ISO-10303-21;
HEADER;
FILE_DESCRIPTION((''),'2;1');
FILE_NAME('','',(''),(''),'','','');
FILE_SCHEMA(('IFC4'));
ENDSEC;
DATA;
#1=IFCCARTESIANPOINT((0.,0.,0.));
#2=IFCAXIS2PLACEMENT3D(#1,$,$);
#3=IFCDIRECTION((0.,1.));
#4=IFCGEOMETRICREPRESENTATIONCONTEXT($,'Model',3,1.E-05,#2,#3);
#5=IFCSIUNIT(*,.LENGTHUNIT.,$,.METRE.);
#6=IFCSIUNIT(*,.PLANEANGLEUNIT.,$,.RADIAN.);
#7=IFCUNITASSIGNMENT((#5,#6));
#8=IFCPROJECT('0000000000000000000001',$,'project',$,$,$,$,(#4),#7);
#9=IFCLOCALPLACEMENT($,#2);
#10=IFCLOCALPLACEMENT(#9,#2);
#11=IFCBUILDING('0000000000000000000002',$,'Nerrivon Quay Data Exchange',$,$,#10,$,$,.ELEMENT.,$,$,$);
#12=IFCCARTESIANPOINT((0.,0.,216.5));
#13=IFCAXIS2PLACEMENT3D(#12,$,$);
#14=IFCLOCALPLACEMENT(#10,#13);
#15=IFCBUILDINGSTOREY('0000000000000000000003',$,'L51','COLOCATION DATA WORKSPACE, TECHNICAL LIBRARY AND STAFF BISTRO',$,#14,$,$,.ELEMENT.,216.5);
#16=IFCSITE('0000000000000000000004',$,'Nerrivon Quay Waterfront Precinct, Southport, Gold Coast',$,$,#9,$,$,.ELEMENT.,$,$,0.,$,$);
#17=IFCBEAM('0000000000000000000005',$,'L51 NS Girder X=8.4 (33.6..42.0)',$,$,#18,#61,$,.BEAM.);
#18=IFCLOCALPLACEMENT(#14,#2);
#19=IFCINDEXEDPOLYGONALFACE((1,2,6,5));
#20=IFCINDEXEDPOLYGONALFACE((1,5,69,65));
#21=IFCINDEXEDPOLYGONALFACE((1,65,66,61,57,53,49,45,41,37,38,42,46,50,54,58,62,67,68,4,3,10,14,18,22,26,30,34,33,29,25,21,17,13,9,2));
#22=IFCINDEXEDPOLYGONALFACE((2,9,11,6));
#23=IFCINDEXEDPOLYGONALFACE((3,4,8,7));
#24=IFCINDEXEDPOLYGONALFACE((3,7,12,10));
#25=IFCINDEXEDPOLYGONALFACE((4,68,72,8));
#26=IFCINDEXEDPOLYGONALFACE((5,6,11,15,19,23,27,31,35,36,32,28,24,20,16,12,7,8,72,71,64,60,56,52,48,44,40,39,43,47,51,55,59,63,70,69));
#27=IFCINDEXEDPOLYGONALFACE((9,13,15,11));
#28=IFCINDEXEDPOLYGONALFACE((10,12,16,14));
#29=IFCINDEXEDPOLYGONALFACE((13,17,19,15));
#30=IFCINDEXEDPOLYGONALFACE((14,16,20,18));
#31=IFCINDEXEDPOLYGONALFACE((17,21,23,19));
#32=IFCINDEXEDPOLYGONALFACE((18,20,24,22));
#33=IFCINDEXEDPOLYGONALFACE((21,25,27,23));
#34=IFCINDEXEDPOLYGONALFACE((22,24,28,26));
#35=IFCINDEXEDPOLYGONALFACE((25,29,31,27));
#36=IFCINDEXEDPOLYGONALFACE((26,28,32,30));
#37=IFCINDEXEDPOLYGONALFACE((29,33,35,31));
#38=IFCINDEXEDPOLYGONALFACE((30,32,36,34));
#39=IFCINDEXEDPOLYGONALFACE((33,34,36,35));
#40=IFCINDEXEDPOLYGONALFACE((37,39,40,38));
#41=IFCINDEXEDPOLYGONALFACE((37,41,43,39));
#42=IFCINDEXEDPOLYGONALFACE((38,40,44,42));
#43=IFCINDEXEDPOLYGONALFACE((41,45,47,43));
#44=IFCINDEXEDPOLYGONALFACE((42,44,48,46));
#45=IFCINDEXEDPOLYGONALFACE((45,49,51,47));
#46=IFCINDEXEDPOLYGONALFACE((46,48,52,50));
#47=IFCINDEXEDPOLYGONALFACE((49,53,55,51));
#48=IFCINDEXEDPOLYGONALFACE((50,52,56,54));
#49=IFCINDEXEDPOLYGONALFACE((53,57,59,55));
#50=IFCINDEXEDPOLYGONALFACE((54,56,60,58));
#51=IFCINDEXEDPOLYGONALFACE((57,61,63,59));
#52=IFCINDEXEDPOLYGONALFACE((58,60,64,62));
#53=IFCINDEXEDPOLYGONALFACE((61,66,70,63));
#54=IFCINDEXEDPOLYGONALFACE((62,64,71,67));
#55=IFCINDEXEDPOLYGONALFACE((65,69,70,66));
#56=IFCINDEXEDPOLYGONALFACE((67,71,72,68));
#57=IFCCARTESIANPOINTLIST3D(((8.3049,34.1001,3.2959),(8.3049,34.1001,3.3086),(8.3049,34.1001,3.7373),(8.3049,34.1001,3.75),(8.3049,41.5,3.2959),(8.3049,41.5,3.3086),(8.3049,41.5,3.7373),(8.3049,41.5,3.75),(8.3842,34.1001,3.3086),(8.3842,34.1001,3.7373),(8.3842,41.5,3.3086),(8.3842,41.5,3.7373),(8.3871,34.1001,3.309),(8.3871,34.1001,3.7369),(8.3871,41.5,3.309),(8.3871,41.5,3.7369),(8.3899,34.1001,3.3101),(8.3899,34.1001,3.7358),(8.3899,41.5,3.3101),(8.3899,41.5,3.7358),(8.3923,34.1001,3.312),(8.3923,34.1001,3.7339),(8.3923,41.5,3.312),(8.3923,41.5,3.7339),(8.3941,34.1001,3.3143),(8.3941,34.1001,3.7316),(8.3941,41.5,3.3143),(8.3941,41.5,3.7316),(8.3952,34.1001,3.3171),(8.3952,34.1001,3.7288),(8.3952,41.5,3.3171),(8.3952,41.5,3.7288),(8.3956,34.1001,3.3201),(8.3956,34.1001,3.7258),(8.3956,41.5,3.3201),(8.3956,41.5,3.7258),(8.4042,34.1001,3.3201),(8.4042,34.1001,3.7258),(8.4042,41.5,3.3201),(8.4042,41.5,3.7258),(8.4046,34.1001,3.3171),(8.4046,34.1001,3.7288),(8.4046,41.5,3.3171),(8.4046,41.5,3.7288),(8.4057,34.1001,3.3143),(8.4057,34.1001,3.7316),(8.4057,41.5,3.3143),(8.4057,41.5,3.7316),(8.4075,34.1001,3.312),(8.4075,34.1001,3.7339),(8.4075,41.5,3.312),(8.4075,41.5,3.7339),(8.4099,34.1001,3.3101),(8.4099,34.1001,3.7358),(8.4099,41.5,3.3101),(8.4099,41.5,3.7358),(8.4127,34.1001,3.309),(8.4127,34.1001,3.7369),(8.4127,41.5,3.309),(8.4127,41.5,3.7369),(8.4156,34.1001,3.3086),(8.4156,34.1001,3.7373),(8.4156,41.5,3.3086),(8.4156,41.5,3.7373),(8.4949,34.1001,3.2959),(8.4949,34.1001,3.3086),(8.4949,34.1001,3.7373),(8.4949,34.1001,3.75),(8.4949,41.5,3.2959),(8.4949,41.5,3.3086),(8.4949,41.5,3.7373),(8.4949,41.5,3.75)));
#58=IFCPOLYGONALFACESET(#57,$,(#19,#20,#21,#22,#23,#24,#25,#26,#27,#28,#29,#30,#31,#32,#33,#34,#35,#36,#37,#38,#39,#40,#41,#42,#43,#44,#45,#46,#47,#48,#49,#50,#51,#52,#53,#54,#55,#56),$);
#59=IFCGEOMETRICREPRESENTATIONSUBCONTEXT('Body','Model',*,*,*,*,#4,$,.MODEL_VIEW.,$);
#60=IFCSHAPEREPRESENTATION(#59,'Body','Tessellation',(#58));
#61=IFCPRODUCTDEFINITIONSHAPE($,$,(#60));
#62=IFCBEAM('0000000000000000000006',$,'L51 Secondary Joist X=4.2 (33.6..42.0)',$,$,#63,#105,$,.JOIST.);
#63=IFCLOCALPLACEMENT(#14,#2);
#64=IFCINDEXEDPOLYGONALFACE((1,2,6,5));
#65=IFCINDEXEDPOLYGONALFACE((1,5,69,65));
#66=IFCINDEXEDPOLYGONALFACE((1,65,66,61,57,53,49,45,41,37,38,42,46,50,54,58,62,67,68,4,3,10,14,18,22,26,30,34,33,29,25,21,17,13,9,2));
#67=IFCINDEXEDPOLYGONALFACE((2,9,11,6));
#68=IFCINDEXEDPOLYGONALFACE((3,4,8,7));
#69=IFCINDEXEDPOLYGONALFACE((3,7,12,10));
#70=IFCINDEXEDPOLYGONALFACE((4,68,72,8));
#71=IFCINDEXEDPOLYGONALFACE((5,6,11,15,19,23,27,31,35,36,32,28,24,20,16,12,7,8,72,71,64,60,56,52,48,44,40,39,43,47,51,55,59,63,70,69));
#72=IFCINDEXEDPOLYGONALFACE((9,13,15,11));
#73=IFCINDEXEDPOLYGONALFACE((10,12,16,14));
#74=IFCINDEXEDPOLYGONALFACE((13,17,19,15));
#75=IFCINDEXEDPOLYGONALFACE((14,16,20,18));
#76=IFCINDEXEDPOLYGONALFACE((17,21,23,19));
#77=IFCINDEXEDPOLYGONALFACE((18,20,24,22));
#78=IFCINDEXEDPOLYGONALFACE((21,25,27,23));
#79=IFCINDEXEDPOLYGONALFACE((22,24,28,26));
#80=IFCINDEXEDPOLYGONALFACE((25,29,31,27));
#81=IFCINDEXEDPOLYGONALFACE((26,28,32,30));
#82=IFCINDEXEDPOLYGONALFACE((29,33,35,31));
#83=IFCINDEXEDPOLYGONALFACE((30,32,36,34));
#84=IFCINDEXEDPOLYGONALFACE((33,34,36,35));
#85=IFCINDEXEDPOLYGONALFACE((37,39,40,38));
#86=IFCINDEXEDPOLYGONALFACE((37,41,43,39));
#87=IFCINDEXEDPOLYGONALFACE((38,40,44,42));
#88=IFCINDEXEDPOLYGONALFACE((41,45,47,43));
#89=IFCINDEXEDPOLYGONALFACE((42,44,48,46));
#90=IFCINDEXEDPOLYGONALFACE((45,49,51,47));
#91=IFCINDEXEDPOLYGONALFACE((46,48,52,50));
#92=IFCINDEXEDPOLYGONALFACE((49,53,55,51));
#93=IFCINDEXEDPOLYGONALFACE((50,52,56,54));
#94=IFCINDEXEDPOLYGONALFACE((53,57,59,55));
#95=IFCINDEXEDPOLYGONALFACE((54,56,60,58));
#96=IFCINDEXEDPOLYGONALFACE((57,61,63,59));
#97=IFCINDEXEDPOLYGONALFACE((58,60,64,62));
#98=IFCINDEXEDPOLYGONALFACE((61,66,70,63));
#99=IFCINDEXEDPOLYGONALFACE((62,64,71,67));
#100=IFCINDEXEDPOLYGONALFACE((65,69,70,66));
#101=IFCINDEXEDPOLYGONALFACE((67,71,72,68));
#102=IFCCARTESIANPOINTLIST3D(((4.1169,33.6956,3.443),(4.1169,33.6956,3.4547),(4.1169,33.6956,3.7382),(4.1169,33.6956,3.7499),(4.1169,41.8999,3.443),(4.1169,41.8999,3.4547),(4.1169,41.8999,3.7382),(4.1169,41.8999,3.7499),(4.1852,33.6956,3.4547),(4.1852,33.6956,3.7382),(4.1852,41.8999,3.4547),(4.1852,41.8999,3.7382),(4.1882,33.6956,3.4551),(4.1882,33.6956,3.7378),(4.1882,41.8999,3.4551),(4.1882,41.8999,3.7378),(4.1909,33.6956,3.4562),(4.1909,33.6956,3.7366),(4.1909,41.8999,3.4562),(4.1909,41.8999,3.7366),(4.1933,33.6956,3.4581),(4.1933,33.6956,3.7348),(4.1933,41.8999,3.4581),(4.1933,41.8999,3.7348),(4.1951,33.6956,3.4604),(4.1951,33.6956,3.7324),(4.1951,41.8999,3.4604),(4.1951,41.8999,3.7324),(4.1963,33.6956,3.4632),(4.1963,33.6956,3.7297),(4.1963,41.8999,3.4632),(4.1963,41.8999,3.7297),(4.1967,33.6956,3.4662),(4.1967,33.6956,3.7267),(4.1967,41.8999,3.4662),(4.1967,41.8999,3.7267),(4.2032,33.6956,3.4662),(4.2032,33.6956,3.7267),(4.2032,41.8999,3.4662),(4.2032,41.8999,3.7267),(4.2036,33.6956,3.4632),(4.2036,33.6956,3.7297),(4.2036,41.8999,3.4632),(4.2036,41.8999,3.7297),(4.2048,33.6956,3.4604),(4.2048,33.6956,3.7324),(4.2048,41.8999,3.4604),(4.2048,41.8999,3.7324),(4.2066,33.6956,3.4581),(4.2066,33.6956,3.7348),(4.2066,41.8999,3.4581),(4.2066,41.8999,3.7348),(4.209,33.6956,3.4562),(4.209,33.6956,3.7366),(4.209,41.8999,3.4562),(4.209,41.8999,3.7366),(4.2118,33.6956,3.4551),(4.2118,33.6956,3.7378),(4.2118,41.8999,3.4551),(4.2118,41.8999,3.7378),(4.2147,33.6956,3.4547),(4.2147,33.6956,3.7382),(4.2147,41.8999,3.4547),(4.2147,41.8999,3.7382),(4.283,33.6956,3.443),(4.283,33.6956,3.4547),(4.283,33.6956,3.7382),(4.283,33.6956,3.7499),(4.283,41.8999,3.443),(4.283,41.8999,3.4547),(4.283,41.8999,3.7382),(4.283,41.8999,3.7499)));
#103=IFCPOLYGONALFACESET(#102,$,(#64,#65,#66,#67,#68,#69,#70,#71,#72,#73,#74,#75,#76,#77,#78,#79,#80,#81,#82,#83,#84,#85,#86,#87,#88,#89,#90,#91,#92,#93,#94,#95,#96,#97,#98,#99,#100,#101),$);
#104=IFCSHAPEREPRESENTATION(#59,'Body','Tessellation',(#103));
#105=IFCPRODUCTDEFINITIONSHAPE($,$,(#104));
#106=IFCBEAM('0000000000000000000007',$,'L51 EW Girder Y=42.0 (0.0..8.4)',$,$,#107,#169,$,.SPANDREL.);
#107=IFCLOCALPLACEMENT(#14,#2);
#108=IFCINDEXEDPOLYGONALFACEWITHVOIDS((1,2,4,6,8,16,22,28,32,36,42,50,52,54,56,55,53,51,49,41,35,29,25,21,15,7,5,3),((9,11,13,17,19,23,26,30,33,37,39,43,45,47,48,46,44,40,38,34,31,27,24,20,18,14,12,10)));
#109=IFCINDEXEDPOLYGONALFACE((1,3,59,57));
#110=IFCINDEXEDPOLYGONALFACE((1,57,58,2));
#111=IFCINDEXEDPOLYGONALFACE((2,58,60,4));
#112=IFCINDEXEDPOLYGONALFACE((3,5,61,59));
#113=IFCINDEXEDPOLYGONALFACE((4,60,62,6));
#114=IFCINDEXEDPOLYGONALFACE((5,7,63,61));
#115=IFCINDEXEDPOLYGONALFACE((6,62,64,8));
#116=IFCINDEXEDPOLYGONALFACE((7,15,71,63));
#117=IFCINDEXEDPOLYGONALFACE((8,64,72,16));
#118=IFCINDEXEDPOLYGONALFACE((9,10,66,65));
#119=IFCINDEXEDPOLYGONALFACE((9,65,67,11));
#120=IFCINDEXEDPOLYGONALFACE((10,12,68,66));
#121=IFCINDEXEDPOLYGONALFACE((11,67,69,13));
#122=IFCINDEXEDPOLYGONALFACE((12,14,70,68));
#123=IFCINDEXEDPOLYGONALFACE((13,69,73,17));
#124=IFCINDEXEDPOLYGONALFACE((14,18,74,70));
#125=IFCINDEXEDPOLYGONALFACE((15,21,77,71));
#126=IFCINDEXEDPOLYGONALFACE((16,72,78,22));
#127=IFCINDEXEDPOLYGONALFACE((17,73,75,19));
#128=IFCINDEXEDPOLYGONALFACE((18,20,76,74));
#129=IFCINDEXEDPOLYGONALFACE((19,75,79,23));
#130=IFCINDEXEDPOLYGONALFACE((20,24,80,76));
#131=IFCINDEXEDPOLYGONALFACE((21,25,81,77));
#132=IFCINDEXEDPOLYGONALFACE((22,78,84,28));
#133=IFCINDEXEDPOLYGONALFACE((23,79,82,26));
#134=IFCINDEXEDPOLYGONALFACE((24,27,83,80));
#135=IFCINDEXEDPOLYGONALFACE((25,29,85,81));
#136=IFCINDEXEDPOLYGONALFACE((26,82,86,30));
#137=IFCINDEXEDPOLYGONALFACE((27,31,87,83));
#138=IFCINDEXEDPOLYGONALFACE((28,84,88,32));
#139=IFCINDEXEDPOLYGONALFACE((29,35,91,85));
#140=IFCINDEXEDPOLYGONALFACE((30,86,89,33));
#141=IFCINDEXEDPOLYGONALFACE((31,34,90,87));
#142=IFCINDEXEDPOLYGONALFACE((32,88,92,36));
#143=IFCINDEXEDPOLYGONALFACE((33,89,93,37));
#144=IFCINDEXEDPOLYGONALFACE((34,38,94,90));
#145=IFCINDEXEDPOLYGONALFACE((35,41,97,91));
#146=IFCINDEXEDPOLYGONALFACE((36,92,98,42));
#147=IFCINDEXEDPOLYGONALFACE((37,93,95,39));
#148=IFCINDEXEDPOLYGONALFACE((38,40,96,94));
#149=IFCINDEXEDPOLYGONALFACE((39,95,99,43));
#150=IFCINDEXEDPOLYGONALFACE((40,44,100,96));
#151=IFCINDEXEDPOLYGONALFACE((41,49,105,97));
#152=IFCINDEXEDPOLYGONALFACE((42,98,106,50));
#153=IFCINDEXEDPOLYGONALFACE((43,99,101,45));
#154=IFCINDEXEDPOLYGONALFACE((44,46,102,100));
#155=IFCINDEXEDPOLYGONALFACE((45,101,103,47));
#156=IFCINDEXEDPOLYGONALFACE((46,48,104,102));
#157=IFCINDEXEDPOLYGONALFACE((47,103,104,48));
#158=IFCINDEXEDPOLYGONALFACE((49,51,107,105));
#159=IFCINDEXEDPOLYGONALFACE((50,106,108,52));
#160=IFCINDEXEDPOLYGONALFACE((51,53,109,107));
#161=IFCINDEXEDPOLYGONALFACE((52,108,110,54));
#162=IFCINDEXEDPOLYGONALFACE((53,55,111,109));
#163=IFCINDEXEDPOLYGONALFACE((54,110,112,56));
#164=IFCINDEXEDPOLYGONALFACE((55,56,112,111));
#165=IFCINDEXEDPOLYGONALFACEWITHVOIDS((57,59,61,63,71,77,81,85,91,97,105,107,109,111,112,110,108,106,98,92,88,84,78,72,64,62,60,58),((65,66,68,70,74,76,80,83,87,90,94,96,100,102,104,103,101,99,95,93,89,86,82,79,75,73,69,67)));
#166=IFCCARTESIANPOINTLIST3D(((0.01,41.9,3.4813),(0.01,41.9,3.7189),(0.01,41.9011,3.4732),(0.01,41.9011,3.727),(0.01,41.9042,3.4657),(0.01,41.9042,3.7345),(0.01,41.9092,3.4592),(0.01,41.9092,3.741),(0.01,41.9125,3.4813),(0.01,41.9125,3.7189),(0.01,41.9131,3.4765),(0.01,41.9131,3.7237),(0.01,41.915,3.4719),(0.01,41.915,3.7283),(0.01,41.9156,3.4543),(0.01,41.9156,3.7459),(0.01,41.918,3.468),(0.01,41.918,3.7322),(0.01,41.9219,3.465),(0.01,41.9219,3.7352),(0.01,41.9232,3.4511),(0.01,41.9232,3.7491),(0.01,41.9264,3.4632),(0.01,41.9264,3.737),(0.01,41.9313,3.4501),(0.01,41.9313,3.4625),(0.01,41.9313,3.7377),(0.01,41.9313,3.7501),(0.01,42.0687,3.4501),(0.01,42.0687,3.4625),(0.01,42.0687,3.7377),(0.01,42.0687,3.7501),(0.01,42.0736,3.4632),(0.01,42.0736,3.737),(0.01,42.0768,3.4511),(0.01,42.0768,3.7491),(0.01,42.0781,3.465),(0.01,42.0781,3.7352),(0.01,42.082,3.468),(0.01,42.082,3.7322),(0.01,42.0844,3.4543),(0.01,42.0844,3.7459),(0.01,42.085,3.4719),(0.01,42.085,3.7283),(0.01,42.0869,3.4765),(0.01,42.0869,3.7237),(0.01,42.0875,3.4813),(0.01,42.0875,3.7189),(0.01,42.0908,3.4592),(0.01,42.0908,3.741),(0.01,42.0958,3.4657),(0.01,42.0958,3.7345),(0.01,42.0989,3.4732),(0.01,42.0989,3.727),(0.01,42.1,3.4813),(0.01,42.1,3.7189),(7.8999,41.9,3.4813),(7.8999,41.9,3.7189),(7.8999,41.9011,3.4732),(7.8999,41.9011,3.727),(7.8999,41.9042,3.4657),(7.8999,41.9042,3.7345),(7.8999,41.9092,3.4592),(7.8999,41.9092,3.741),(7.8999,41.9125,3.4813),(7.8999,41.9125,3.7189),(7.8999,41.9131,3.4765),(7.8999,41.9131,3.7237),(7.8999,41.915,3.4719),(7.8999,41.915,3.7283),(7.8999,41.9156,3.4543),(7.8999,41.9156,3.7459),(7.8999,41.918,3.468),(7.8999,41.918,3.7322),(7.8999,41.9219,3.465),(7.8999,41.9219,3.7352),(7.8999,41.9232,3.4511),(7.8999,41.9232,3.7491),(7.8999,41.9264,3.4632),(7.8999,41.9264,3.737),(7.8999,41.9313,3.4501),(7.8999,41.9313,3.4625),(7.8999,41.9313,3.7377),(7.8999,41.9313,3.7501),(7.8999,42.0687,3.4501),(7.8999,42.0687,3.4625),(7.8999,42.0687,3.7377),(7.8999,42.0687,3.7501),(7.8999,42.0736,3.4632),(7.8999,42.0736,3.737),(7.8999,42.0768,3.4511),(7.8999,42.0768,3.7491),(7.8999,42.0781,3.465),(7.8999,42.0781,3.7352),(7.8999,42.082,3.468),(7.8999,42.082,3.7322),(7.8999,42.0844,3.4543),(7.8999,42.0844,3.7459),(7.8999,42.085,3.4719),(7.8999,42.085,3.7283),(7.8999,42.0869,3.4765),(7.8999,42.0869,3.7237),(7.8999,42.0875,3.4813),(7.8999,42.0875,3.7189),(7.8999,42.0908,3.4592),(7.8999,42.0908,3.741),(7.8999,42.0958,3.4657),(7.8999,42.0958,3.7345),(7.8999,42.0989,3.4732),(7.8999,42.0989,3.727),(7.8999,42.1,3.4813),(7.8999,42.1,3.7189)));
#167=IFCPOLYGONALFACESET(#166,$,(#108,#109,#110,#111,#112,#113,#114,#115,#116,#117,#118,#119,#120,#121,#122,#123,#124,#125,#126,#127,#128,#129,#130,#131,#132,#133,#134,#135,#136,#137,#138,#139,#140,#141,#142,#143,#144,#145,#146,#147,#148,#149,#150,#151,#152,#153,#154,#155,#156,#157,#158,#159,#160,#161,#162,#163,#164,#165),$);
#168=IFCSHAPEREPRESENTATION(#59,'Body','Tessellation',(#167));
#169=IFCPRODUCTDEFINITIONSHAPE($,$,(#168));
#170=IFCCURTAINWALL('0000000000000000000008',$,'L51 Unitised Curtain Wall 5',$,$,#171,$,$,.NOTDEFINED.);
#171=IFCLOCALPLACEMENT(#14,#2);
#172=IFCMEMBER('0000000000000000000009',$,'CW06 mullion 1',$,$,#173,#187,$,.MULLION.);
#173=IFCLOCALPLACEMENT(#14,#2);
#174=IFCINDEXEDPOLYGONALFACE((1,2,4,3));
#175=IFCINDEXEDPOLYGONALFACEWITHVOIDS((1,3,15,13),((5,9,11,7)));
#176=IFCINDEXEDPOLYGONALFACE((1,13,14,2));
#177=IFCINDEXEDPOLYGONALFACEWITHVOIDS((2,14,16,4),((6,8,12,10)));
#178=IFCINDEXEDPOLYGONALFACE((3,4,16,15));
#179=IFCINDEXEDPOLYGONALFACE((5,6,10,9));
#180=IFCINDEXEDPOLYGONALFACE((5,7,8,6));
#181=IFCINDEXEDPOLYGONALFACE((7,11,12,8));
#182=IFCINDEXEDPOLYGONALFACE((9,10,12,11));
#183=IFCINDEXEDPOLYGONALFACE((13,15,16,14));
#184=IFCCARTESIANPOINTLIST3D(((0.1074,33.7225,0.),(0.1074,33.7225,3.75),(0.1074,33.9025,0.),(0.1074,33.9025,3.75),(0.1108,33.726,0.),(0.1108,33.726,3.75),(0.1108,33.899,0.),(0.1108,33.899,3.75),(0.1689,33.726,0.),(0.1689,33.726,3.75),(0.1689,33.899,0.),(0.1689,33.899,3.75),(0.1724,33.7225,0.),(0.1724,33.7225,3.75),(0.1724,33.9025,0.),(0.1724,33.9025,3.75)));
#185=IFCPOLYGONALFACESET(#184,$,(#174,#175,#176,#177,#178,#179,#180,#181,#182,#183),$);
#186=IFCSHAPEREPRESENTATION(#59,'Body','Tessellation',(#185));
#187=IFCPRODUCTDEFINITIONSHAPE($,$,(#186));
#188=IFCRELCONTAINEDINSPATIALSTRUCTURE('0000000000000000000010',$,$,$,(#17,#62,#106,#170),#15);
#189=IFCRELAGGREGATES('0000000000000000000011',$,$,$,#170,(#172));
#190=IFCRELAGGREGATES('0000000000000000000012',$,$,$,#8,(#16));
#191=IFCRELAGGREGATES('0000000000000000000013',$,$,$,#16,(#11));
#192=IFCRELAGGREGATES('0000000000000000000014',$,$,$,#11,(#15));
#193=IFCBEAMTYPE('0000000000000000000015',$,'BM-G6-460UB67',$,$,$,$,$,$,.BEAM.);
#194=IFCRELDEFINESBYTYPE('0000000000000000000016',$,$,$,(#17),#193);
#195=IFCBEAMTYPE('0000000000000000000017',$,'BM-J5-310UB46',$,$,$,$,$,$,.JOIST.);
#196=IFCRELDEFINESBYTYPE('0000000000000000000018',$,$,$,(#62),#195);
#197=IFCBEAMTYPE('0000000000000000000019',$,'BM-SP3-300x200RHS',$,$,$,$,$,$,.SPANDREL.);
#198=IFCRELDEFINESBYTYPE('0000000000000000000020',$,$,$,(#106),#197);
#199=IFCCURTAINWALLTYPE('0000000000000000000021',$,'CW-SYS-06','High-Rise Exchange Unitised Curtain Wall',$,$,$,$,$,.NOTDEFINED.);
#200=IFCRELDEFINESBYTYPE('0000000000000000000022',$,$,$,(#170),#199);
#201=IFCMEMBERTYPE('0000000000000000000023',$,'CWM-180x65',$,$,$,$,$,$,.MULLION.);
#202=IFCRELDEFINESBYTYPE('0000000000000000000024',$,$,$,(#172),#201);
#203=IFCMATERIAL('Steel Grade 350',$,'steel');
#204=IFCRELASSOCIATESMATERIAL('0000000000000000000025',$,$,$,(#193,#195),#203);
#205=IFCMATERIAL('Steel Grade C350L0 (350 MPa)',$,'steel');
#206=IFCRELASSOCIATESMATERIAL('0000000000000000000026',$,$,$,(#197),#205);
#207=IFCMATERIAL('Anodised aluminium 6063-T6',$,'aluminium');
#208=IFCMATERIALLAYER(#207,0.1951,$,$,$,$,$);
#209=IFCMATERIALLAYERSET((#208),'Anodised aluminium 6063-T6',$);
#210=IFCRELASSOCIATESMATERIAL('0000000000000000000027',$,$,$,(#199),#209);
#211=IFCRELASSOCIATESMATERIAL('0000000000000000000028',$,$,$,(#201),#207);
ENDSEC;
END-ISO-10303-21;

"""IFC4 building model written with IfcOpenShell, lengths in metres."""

from ifc_helpers import new_model, si_unit, direction, frame, origin, origin_2d, place, context, subcontext, project, spatial, hollow_rectangle, i_section, extrude, material, layer, layer_set, material_profile, profile_set, type_object, element, aggregate, save


model = new_model("IFC4")

# Units and contexts
model_context = context("Model", 3, precision=1e-05, world=origin(), true_north=direction((0.0, 1.0)))
body_context = subcontext(model_context, "Body", "Model", "MODEL_VIEW")
ifc_project = project(units=[si_unit("LENGTHUNIT", "METRE"), si_unit("PLANEANGLEUNIT", "RADIAN")], contexts=[model_context])

# Site, building, storey
site_placement = place(None, origin())
site = spatial("IfcSite", under=ifc_project, at=site_placement, Name="Nerrivon Quay Waterfront Precinct, Southport, Gold Coast", CompositionType="ELEMENT", RefElevation=0.0)
building_placement = place(site_placement, origin())
building = spatial("IfcBuilding", under=site, at=building_placement, Name="Nerrivon Quay Data Exchange", CompositionType="ELEMENT")
storey_placement = place(building_placement, frame((0.0, 0.0, 216.5)))
storey = spatial("IfcBuildingStorey", under=building, at=storey_placement, Name="L51", Description="COLOCATION DATA WORKSPACE, TECHNICAL LIBRARY AND STAFF BISTRO", CompositionType="ELEMENT", Elevation=216.5)

# Shared definitions
ifc_material_1 = material(Name="Steel Grade 350", Category="steel")

# Beams
ifc_material_profile_1 = material_profile(ifc_material_1, i_section(OverallWidth=0.1899, OverallDepth=0.4541, WebThickness=0.0085, FlangeThickness=0.0127, FilletRadius=0.0115, at=origin_2d()), Name="460UB67.1")
ifc_profile_set_1 = profile_set([ifc_material_profile_1], Name="Steel Grade 350")
beam_type_1 = type_object("IfcBeamType", Name="BM-G6-460UB67", PredefinedType="BEAM", material=ifc_profile_set_1)
beam_1_placement = place(storey_placement, frame((8.3999, 34.1001, 3.5229), z_axis=(0.0, 1.0, 0.0), x_axis=(-1.0, 0.0, 0.0)))
element("IfcBeam", 1, at=beam_1_placement, inside=storey, type_object=beam_type_1, Name="L51 NS Girder X=8.4 (33.6..42.0)", PredefinedType="BEAM", context=body_context, shape_type="SweptSolid", body=[
    extrude(i_section(OverallWidth=0.1899, OverallDepth=0.4541, WebThickness=0.0085, FlangeThickness=0.0127, FilletRadius=0.0115, at=origin_2d()), origin(), (0.0, 0.0, 1.0), 7.3999),
])
ifc_material_profile_2 = material_profile(ifc_material_1, i_section(OverallWidth=0.166, OverallDepth=0.3069, WebThickness=0.0066, FlangeThickness=0.0117, FilletRadius=0.0115, at=origin_2d()), Name="310UB46.2")
ifc_profile_set_2 = profile_set([ifc_material_profile_2], Name="Steel Grade 350")
beam_type_2 = type_object("IfcBeamType", Name="BM-J5-310UB46", PredefinedType="JOIST", material=ifc_profile_set_2)
beam_2_placement = place(storey_placement, frame((4.2, 33.6956, 3.5964), z_axis=(0.0, 1.0, 0.0), x_axis=(-1.0, 0.0, 0.0)))
element("IfcBeam", 2, at=beam_2_placement, inside=storey, type_object=beam_type_2, Name="L51 Secondary Joist X=4.2 (33.6..42.0)", PredefinedType="JOIST", context=body_context, shape_type="SweptSolid", body=[
    extrude(i_section(OverallWidth=0.166, OverallDepth=0.3069, WebThickness=0.0066, FlangeThickness=0.0117, FilletRadius=0.0115, at=origin_2d()), origin(), (0.0, 0.0, 1.0), 8.2043),
])
ifc_material_2 = material(Name="Steel Grade C350L0 (350 MPa)", Category="steel")
ifc_material_profile_3 = material_profile(ifc_material_2, hollow_rectangle(XDim=0.2, YDim=0.3, WallThickness=0.0125, InnerFilletRadius=0.0188, OuterFilletRadius=0.0312, at=origin_2d()), Name="300x200x12.5RHS")
ifc_profile_set_3 = profile_set([ifc_material_profile_3], Name="Steel Grade C350L0 (350 MPa)")
beam_type_3 = type_object("IfcBeamType", Name="BM-SP3-300x200RHS", PredefinedType="SPANDREL", material=ifc_profile_set_3)
beam_3_placement = place(storey_placement, frame((0.01, 42.0, 3.6001), z_axis=(1.0, 0.0, 0.0), x_axis=(0.0, 1.0, 0.0)))
element("IfcBeam", 3, at=beam_3_placement, inside=storey, type_object=beam_type_3, Name="L51 EW Girder Y=42.0 (0.0..8.4)", PredefinedType="SPANDREL", context=body_context, shape_type="SweptSolid", body=[
    extrude(hollow_rectangle(XDim=0.2, YDim=0.3, WallThickness=0.0125, InnerFilletRadius=0.0188, OuterFilletRadius=0.0312, at=origin_2d()), origin(), (0.0, 0.0, 1.0), 7.8899),
])

# Curtain wall, member
ifc_material_3 = material(Name="Anodised aluminium 6063-T6", Category="aluminium")
ifc_layer_1 = layer(ifc_material_3, 0.1951)
ifc_layer_set_1 = layer_set([ifc_layer_1], Name="Anodised aluminium 6063-T6")
curtain_wall_type = type_object("IfcCurtainWallType", Name="CW-SYS-06", Description="High-Rise Exchange Unitised Curtain Wall", PredefinedType="NOTDEFINED", material=ifc_layer_set_1)
curtain_wall_placement = place(storey_placement, origin())
curtain_wall = element("IfcCurtainWall", 4, at=curtain_wall_placement, inside=storey, type_object=curtain_wall_type, Name="L51 Unitised Curtain Wall 5", PredefinedType="NOTDEFINED")
ifc_material_profile_4 = material_profile(ifc_material_3, hollow_rectangle(XDim=0.0649, YDim=0.1799, WallThickness=0.0034, at=origin_2d()), Name="ALU-MULL-180x65")
ifc_profile_set_4 = profile_set([ifc_material_profile_4], Name="Anodised aluminium 6063-T6")
member_type_1 = type_object("IfcMemberType", Name="CWM-180x65", PredefinedType="MULLION", material=ifc_profile_set_4)
member_1_placement = place(storey_placement, frame((0.1399, 33.8125, 0.0), z_axis=(0.0, 0.0, 1.0), x_axis=(-1.0, 0.0, 0.0)))
member_1 = element("IfcMember", 5, at=member_1_placement, type_object=member_type_1, Name="CW06 mullion 1", PredefinedType="MULLION", context=body_context, shape_type="SweptSolid", body=[
    extrude(hollow_rectangle(XDim=0.0649, YDim=0.1799, WallThickness=0.0034, at=origin_2d()), origin(), (0.0, 0.0, 1.0), 3.75),
])
aggregate(curtain_wall, [member_1])

save(model, "model.ifc")
